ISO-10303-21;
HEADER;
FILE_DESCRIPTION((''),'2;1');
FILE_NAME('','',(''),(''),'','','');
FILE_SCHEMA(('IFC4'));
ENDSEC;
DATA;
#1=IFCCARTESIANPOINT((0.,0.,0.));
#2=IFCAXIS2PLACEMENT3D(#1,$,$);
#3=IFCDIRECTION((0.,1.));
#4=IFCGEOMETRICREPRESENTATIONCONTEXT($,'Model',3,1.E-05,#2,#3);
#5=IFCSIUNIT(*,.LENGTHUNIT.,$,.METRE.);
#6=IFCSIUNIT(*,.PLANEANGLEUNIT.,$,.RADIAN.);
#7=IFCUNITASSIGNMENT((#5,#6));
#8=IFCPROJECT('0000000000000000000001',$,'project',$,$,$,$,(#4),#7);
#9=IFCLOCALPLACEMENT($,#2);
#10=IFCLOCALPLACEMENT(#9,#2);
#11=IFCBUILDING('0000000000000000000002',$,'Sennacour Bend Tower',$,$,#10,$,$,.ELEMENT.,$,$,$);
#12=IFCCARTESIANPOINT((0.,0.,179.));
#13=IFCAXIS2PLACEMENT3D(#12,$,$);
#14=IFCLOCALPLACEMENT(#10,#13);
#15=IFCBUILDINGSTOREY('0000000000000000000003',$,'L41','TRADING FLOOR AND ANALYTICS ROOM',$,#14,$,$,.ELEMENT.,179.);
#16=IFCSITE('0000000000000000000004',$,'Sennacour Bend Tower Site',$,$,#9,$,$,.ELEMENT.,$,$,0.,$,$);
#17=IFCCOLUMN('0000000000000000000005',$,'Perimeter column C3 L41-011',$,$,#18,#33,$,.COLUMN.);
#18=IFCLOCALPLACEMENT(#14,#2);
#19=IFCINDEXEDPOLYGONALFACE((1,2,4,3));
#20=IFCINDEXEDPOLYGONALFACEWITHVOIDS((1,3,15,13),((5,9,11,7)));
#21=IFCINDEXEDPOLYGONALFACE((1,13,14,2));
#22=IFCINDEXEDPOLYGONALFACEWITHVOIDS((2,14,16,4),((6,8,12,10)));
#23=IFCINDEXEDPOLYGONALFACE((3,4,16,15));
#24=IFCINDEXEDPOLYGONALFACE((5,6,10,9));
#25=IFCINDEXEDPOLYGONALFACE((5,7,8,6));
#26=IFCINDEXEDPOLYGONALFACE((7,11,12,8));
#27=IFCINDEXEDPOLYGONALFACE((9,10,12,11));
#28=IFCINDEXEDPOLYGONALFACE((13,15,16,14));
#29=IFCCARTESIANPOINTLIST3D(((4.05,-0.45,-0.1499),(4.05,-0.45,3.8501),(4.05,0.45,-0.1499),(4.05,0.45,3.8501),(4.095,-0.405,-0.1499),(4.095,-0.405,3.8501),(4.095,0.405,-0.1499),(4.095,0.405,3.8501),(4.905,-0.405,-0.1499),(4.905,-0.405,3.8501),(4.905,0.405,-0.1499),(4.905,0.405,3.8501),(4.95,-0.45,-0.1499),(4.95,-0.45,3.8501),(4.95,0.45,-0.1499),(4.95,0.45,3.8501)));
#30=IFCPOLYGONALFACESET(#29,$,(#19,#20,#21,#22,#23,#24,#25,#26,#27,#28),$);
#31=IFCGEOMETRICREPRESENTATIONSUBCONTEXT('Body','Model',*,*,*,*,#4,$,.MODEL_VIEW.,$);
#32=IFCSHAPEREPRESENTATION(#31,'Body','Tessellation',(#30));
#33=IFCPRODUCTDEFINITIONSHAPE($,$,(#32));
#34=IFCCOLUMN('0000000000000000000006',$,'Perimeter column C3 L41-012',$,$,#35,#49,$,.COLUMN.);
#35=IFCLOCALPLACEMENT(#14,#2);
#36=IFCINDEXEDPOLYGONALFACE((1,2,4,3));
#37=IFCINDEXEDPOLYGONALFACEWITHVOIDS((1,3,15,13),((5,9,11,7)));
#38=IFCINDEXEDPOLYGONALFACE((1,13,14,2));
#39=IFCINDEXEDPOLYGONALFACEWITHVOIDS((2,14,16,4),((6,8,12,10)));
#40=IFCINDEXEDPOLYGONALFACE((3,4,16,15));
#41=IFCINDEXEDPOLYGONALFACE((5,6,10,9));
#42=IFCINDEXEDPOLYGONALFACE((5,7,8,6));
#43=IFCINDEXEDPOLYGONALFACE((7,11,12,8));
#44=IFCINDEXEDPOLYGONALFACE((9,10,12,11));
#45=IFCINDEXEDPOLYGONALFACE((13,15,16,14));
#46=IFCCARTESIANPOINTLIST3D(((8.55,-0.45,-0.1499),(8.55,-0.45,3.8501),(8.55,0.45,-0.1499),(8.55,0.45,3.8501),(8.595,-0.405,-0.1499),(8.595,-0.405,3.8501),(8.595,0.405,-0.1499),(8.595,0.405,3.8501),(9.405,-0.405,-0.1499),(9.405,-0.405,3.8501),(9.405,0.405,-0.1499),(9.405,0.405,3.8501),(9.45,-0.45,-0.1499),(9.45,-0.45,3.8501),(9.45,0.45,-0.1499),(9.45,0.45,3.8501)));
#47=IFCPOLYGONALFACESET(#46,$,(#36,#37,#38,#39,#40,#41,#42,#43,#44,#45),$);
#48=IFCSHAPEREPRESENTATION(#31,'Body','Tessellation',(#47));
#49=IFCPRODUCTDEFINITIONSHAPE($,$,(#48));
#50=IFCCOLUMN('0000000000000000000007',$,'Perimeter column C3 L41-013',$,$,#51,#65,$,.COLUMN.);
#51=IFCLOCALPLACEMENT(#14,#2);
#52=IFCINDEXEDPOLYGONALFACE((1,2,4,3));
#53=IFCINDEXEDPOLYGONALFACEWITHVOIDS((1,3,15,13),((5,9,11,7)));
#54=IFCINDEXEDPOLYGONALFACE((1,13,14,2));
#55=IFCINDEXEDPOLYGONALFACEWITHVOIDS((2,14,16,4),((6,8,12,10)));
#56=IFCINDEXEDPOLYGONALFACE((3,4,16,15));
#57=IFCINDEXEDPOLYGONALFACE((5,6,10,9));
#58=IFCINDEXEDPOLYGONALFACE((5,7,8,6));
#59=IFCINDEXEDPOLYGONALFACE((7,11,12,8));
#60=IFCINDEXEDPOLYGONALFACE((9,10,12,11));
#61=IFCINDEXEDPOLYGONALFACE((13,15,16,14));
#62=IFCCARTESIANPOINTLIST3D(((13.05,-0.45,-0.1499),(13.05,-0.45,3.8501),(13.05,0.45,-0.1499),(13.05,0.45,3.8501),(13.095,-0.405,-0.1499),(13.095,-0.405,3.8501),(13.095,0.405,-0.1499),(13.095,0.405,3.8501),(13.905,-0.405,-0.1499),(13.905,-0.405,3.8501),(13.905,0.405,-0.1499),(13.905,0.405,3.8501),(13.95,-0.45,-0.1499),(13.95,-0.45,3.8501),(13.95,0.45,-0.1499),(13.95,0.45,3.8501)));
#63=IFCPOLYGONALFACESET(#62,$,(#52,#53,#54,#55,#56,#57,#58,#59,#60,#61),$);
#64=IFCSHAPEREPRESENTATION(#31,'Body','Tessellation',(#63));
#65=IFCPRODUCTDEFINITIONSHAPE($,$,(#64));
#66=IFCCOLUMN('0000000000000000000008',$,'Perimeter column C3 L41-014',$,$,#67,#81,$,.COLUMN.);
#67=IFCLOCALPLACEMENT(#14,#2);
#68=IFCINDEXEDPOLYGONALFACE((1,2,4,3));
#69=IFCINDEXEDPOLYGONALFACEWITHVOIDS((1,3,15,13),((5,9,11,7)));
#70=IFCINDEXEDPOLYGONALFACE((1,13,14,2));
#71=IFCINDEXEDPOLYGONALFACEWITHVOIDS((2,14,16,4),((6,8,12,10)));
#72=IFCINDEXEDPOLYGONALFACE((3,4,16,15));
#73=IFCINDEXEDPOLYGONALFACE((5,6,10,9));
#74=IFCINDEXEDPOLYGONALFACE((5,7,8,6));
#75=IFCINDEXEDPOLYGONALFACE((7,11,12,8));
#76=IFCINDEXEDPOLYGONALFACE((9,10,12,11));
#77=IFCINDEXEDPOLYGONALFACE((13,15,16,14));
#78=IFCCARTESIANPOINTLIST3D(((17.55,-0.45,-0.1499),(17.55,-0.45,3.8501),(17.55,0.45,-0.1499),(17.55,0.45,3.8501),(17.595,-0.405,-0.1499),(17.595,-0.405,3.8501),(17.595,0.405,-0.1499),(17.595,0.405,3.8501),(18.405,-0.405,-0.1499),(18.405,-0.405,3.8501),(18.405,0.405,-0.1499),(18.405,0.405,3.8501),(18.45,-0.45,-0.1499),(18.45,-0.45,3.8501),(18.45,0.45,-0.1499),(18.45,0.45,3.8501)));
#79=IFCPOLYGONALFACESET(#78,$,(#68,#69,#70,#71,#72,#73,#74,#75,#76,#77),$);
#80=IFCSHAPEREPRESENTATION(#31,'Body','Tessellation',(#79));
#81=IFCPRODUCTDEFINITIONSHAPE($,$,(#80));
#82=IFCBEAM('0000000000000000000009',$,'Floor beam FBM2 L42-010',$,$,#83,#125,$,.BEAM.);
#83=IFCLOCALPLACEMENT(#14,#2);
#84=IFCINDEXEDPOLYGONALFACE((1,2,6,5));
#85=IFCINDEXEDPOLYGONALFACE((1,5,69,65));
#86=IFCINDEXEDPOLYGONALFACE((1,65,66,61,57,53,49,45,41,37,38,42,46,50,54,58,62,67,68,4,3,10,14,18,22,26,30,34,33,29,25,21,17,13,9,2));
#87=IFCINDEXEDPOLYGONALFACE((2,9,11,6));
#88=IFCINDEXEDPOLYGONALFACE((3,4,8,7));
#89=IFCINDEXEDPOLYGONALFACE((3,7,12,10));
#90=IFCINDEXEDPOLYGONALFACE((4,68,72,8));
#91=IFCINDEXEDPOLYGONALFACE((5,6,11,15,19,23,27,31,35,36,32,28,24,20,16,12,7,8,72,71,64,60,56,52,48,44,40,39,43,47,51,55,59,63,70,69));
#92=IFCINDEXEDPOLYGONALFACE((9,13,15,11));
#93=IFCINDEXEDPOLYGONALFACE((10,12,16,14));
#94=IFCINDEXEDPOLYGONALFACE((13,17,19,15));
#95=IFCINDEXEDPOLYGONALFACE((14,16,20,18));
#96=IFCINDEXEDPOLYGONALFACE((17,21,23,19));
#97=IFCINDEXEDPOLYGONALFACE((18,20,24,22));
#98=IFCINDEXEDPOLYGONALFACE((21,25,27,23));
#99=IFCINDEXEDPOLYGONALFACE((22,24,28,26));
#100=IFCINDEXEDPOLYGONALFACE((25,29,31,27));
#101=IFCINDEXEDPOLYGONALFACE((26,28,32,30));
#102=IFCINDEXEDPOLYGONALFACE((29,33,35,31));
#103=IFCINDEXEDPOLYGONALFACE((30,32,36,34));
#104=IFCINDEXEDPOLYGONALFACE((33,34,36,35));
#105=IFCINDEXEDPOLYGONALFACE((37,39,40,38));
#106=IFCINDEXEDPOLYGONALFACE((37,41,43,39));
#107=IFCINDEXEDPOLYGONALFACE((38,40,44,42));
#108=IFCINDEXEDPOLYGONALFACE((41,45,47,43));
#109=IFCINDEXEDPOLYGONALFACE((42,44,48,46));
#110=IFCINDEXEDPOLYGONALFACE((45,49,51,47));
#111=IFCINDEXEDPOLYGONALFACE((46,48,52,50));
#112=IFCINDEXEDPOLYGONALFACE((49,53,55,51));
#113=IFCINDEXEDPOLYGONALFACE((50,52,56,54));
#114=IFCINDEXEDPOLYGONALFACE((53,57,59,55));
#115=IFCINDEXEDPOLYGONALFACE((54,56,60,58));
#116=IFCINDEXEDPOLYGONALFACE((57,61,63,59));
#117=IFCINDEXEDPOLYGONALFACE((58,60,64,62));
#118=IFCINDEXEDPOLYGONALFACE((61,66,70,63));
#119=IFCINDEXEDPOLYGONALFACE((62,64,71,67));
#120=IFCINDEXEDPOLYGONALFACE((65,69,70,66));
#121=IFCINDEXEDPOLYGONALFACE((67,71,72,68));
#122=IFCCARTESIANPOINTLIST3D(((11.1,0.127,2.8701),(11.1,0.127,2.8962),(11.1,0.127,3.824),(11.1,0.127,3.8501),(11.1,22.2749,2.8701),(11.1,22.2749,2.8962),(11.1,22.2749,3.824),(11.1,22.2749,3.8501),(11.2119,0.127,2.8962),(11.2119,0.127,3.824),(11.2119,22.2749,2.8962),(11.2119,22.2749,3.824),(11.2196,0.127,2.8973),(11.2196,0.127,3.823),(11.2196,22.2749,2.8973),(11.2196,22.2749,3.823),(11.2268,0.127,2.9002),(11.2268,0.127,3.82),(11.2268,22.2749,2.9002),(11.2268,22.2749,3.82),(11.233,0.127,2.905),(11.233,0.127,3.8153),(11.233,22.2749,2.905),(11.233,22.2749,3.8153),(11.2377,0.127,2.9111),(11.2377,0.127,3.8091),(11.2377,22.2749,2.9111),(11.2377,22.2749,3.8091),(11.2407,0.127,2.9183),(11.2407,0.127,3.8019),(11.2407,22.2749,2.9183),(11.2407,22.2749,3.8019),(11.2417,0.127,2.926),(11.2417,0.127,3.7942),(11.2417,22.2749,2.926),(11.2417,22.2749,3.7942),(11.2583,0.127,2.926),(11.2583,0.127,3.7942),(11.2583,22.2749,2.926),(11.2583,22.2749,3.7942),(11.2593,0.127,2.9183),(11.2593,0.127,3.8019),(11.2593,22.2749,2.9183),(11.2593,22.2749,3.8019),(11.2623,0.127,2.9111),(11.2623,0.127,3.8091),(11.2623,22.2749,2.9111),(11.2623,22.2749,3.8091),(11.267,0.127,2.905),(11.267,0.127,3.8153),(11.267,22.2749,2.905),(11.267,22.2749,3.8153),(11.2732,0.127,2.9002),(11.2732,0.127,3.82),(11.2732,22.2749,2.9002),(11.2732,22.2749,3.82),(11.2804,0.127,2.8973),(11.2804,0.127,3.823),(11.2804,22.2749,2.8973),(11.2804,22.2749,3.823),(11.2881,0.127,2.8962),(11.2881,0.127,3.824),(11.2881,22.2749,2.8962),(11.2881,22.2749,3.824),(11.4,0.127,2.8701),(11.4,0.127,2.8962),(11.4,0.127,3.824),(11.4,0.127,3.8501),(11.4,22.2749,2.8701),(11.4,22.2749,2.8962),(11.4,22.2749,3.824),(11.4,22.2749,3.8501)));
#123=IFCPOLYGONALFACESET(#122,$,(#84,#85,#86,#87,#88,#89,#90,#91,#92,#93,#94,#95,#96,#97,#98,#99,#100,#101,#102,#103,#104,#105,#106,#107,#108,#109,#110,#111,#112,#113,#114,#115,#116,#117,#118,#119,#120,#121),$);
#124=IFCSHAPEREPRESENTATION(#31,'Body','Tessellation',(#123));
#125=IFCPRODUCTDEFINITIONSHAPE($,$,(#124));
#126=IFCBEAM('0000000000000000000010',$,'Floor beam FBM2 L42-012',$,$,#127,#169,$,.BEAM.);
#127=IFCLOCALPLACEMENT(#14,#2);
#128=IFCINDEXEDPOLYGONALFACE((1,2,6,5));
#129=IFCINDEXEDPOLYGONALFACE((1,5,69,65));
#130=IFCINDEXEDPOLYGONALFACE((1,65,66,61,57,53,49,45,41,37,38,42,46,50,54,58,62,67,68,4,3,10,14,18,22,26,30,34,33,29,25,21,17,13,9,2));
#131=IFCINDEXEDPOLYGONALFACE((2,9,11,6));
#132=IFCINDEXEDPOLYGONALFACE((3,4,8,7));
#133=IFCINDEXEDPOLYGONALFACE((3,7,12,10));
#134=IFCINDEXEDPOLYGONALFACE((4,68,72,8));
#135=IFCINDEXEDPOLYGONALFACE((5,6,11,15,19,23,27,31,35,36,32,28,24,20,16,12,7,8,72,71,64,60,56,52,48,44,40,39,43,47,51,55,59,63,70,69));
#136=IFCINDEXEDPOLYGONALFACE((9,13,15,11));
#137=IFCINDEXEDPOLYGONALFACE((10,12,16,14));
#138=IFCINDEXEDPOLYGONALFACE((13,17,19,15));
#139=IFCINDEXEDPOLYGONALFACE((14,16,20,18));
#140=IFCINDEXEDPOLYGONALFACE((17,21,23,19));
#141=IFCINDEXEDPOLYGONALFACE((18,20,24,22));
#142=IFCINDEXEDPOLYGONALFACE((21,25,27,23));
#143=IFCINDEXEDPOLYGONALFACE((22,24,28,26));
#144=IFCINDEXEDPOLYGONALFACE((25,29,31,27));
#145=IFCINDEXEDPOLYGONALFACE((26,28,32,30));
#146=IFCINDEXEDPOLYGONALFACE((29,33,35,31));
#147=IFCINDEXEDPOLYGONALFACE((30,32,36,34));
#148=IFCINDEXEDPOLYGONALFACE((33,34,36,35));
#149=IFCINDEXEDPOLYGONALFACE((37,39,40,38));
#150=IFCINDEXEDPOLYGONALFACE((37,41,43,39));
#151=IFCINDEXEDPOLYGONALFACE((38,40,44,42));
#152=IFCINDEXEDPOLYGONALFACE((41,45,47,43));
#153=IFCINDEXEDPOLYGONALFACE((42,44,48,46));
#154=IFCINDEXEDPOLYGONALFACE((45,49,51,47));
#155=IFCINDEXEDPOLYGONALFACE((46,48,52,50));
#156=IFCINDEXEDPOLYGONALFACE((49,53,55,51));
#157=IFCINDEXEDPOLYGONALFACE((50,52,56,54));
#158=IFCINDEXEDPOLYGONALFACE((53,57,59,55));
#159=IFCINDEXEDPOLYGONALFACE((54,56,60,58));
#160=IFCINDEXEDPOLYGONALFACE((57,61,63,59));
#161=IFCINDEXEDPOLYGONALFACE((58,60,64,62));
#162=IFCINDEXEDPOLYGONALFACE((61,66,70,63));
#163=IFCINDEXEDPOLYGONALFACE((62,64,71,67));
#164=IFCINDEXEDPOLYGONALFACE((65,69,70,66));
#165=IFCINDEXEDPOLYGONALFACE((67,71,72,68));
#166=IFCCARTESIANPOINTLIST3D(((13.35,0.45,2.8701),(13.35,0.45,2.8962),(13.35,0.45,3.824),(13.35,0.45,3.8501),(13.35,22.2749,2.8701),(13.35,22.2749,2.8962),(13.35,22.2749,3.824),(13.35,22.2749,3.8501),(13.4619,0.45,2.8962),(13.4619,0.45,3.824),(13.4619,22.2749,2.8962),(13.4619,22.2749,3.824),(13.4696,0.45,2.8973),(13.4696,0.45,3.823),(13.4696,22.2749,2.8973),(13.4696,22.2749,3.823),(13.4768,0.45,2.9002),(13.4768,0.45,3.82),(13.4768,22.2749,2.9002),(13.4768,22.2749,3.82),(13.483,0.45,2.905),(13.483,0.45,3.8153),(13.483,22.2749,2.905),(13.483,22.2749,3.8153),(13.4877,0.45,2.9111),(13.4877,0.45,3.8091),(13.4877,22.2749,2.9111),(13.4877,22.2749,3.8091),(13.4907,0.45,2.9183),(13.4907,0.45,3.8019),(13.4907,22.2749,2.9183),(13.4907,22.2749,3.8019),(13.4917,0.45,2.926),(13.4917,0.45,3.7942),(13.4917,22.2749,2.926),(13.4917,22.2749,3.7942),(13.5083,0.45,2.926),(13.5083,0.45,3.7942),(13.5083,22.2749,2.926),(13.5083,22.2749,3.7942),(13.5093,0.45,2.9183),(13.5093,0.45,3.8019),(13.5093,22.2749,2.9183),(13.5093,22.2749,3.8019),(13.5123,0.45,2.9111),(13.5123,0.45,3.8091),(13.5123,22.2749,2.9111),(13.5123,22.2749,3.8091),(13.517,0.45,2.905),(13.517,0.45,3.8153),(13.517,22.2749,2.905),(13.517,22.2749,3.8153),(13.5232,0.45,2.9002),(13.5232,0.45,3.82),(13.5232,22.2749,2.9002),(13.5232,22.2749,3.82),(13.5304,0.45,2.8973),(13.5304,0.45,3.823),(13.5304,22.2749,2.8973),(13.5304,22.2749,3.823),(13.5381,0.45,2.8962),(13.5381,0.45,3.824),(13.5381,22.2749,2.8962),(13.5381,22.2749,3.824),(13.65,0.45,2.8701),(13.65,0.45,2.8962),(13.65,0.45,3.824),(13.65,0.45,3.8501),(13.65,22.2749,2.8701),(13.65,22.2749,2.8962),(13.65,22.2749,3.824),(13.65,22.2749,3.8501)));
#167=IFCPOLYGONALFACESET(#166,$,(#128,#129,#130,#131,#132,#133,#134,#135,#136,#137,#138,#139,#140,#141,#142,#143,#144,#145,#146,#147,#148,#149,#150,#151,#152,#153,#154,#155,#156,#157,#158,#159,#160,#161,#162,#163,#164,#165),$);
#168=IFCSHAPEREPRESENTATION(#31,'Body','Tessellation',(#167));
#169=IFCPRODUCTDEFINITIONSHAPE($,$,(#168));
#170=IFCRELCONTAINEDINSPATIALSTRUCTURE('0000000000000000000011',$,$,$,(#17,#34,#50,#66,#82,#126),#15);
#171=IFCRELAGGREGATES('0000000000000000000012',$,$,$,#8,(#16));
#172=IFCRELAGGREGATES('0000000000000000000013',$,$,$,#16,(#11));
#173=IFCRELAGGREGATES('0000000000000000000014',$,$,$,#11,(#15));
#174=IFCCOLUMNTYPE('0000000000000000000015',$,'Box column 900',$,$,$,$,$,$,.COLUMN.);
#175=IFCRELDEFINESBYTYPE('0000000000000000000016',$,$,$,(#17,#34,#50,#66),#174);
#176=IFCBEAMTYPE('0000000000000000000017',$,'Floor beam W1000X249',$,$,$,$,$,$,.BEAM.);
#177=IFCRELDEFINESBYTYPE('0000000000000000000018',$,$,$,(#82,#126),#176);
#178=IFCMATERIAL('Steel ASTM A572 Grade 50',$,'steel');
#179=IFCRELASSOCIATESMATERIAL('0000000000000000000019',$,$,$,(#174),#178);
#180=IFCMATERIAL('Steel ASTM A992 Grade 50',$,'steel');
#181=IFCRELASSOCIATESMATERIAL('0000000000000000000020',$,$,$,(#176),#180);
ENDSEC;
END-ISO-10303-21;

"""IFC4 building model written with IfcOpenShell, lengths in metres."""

from ifc_helpers import new_model, si_unit, direction, frame, origin, origin_2d, place, context, subcontext, project, spatial, hollow_rectangle, i_section, extrude, material, material_profile, profile_set, type_object, element, save


model = new_model("IFC4")

# Units and contexts
model_context = context("Model", 3, precision=1e-05, world=origin(), true_north=direction((0.0, 1.0)))
body_context = subcontext(model_context, "Body", "Model", "MODEL_VIEW")
ifc_project = project(units=[si_unit("LENGTHUNIT", "METRE"), si_unit("PLANEANGLEUNIT", "RADIAN")], contexts=[model_context])

# Site, building, storey
site_placement = place(None, origin())
site = spatial("IfcSite", under=ifc_project, at=site_placement, Name="Sennacour Bend Tower Site", CompositionType="ELEMENT", RefElevation=0.0)
building_placement = place(site_placement, origin())
building = spatial("IfcBuilding", under=site, at=building_placement, Name="Sennacour Bend Tower", CompositionType="ELEMENT")
storey_placement = place(building_placement, frame((0.0, 0.0, 179.0)))
storey = spatial("IfcBuildingStorey", under=building, at=storey_placement, Name="L41", Description="TRADING FLOOR AND ANALYTICS ROOM", CompositionType="ELEMENT", Elevation=179.0)

# Columns
ifc_material_1 = material(Name="Steel ASTM A572 Grade 50", Category="steel")
ifc_material_profile_1 = material_profile(ifc_material_1, hollow_rectangle(XDim=0.8999, YDim=0.8999, WallThickness=0.0449, at=origin_2d()), Name="Steel ASTM A572 Grade 50", Category="steel")
ifc_profile_set_1 = profile_set([ifc_material_profile_1], Name="Steel ASTM A572 Grade 50")
column_type = type_object("IfcColumnType", Name="Box column 900", PredefinedType="COLUMN", material=ifc_profile_set_1)
for number, where, z_axis, x_axis, name in (
    (1, (4.5, 0.0, -0.1499), (0.0, 0.0, 1.0), (1.0, 0.0, 0.0), "Perimeter column C3 L41-011"),
    (2, (9.0, 0.0, -0.1499), (0.0, 0.0, 1.0), (1.0, 0.0, 0.0), "Perimeter column C3 L41-012"),
    (3, (13.5, 0.0, -0.1499), (0.0, 0.0, 1.0), (1.0, 0.0, 0.0), "Perimeter column C3 L41-013"),
    (4, (18.0, 0.0, -0.1499), (0.0, 0.0, 1.0), (1.0, 0.0, 0.0), "Perimeter column C3 L41-014"),
):
    element("IfcColumn", number, at=place(storey_placement, frame(where, z_axis=z_axis, x_axis=x_axis)), inside=storey, type_object=column_type, Name=name, PredefinedType="COLUMN", context=body_context, shape_type="SweptSolid", body=[
        extrude(hollow_rectangle(XDim=0.8999, YDim=0.8999, WallThickness=0.0449, at=origin_2d()), origin(), (0.0, 0.0, 1.0), 4.0),
    ])

# Beams
ifc_material_2 = material(Name="Steel ASTM A992 Grade 50", Category="steel")
ifc_material_profile_2 = material_profile(ifc_material_2, i_section(OverallWidth=0.3, OverallDepth=0.98, WebThickness=0.0166, FlangeThickness=0.0261, FilletRadius=0.0298, at=origin_2d()), Name="Steel ASTM A992 Grade 50", Category="steel")
ifc_profile_set_2 = profile_set([ifc_material_profile_2], Name="Steel ASTM A992 Grade 50")
beam_type_1 = type_object("IfcBeamType", Name="Floor beam W1000X249", PredefinedType="BEAM", material=ifc_profile_set_2)
beam_1_placement = place(storey_placement, frame((11.25, 0.127, 3.3601), z_axis=(0.0, 1.0, 0.0), x_axis=(-1.0, 0.0, 0.0)))
element("IfcBeam", 5, at=beam_1_placement, inside=storey, type_object=beam_type_1, Name="Floor beam FBM2 L42-010", PredefinedType="BEAM", context=body_context, shape_type="SweptSolid", body=[
    extrude(i_section(OverallWidth=0.3, OverallDepth=0.98, WebThickness=0.0166, FlangeThickness=0.0261, FilletRadius=0.0298, at=origin_2d()), origin(), (0.0, 0.0, 1.0), 22.1479),
])
beam_2_placement = place(storey_placement, frame((13.5, 0.45, 3.3601), z_axis=(0.0, 1.0, 0.0), x_axis=(-1.0, 0.0, 0.0)))
element("IfcBeam", 6, at=beam_2_placement, inside=storey, type_object=beam_type_1, Name="Floor beam FBM2 L42-012", PredefinedType="BEAM", context=body_context, shape_type="SweptSolid", body=[
    extrude(i_section(OverallWidth=0.3, OverallDepth=0.98, WebThickness=0.0166, FlangeThickness=0.0261, FilletRadius=0.0298, at=origin_2d()), origin(), (0.0, 0.0, 1.0), 21.825),
])

save(model, "model.ifc")
